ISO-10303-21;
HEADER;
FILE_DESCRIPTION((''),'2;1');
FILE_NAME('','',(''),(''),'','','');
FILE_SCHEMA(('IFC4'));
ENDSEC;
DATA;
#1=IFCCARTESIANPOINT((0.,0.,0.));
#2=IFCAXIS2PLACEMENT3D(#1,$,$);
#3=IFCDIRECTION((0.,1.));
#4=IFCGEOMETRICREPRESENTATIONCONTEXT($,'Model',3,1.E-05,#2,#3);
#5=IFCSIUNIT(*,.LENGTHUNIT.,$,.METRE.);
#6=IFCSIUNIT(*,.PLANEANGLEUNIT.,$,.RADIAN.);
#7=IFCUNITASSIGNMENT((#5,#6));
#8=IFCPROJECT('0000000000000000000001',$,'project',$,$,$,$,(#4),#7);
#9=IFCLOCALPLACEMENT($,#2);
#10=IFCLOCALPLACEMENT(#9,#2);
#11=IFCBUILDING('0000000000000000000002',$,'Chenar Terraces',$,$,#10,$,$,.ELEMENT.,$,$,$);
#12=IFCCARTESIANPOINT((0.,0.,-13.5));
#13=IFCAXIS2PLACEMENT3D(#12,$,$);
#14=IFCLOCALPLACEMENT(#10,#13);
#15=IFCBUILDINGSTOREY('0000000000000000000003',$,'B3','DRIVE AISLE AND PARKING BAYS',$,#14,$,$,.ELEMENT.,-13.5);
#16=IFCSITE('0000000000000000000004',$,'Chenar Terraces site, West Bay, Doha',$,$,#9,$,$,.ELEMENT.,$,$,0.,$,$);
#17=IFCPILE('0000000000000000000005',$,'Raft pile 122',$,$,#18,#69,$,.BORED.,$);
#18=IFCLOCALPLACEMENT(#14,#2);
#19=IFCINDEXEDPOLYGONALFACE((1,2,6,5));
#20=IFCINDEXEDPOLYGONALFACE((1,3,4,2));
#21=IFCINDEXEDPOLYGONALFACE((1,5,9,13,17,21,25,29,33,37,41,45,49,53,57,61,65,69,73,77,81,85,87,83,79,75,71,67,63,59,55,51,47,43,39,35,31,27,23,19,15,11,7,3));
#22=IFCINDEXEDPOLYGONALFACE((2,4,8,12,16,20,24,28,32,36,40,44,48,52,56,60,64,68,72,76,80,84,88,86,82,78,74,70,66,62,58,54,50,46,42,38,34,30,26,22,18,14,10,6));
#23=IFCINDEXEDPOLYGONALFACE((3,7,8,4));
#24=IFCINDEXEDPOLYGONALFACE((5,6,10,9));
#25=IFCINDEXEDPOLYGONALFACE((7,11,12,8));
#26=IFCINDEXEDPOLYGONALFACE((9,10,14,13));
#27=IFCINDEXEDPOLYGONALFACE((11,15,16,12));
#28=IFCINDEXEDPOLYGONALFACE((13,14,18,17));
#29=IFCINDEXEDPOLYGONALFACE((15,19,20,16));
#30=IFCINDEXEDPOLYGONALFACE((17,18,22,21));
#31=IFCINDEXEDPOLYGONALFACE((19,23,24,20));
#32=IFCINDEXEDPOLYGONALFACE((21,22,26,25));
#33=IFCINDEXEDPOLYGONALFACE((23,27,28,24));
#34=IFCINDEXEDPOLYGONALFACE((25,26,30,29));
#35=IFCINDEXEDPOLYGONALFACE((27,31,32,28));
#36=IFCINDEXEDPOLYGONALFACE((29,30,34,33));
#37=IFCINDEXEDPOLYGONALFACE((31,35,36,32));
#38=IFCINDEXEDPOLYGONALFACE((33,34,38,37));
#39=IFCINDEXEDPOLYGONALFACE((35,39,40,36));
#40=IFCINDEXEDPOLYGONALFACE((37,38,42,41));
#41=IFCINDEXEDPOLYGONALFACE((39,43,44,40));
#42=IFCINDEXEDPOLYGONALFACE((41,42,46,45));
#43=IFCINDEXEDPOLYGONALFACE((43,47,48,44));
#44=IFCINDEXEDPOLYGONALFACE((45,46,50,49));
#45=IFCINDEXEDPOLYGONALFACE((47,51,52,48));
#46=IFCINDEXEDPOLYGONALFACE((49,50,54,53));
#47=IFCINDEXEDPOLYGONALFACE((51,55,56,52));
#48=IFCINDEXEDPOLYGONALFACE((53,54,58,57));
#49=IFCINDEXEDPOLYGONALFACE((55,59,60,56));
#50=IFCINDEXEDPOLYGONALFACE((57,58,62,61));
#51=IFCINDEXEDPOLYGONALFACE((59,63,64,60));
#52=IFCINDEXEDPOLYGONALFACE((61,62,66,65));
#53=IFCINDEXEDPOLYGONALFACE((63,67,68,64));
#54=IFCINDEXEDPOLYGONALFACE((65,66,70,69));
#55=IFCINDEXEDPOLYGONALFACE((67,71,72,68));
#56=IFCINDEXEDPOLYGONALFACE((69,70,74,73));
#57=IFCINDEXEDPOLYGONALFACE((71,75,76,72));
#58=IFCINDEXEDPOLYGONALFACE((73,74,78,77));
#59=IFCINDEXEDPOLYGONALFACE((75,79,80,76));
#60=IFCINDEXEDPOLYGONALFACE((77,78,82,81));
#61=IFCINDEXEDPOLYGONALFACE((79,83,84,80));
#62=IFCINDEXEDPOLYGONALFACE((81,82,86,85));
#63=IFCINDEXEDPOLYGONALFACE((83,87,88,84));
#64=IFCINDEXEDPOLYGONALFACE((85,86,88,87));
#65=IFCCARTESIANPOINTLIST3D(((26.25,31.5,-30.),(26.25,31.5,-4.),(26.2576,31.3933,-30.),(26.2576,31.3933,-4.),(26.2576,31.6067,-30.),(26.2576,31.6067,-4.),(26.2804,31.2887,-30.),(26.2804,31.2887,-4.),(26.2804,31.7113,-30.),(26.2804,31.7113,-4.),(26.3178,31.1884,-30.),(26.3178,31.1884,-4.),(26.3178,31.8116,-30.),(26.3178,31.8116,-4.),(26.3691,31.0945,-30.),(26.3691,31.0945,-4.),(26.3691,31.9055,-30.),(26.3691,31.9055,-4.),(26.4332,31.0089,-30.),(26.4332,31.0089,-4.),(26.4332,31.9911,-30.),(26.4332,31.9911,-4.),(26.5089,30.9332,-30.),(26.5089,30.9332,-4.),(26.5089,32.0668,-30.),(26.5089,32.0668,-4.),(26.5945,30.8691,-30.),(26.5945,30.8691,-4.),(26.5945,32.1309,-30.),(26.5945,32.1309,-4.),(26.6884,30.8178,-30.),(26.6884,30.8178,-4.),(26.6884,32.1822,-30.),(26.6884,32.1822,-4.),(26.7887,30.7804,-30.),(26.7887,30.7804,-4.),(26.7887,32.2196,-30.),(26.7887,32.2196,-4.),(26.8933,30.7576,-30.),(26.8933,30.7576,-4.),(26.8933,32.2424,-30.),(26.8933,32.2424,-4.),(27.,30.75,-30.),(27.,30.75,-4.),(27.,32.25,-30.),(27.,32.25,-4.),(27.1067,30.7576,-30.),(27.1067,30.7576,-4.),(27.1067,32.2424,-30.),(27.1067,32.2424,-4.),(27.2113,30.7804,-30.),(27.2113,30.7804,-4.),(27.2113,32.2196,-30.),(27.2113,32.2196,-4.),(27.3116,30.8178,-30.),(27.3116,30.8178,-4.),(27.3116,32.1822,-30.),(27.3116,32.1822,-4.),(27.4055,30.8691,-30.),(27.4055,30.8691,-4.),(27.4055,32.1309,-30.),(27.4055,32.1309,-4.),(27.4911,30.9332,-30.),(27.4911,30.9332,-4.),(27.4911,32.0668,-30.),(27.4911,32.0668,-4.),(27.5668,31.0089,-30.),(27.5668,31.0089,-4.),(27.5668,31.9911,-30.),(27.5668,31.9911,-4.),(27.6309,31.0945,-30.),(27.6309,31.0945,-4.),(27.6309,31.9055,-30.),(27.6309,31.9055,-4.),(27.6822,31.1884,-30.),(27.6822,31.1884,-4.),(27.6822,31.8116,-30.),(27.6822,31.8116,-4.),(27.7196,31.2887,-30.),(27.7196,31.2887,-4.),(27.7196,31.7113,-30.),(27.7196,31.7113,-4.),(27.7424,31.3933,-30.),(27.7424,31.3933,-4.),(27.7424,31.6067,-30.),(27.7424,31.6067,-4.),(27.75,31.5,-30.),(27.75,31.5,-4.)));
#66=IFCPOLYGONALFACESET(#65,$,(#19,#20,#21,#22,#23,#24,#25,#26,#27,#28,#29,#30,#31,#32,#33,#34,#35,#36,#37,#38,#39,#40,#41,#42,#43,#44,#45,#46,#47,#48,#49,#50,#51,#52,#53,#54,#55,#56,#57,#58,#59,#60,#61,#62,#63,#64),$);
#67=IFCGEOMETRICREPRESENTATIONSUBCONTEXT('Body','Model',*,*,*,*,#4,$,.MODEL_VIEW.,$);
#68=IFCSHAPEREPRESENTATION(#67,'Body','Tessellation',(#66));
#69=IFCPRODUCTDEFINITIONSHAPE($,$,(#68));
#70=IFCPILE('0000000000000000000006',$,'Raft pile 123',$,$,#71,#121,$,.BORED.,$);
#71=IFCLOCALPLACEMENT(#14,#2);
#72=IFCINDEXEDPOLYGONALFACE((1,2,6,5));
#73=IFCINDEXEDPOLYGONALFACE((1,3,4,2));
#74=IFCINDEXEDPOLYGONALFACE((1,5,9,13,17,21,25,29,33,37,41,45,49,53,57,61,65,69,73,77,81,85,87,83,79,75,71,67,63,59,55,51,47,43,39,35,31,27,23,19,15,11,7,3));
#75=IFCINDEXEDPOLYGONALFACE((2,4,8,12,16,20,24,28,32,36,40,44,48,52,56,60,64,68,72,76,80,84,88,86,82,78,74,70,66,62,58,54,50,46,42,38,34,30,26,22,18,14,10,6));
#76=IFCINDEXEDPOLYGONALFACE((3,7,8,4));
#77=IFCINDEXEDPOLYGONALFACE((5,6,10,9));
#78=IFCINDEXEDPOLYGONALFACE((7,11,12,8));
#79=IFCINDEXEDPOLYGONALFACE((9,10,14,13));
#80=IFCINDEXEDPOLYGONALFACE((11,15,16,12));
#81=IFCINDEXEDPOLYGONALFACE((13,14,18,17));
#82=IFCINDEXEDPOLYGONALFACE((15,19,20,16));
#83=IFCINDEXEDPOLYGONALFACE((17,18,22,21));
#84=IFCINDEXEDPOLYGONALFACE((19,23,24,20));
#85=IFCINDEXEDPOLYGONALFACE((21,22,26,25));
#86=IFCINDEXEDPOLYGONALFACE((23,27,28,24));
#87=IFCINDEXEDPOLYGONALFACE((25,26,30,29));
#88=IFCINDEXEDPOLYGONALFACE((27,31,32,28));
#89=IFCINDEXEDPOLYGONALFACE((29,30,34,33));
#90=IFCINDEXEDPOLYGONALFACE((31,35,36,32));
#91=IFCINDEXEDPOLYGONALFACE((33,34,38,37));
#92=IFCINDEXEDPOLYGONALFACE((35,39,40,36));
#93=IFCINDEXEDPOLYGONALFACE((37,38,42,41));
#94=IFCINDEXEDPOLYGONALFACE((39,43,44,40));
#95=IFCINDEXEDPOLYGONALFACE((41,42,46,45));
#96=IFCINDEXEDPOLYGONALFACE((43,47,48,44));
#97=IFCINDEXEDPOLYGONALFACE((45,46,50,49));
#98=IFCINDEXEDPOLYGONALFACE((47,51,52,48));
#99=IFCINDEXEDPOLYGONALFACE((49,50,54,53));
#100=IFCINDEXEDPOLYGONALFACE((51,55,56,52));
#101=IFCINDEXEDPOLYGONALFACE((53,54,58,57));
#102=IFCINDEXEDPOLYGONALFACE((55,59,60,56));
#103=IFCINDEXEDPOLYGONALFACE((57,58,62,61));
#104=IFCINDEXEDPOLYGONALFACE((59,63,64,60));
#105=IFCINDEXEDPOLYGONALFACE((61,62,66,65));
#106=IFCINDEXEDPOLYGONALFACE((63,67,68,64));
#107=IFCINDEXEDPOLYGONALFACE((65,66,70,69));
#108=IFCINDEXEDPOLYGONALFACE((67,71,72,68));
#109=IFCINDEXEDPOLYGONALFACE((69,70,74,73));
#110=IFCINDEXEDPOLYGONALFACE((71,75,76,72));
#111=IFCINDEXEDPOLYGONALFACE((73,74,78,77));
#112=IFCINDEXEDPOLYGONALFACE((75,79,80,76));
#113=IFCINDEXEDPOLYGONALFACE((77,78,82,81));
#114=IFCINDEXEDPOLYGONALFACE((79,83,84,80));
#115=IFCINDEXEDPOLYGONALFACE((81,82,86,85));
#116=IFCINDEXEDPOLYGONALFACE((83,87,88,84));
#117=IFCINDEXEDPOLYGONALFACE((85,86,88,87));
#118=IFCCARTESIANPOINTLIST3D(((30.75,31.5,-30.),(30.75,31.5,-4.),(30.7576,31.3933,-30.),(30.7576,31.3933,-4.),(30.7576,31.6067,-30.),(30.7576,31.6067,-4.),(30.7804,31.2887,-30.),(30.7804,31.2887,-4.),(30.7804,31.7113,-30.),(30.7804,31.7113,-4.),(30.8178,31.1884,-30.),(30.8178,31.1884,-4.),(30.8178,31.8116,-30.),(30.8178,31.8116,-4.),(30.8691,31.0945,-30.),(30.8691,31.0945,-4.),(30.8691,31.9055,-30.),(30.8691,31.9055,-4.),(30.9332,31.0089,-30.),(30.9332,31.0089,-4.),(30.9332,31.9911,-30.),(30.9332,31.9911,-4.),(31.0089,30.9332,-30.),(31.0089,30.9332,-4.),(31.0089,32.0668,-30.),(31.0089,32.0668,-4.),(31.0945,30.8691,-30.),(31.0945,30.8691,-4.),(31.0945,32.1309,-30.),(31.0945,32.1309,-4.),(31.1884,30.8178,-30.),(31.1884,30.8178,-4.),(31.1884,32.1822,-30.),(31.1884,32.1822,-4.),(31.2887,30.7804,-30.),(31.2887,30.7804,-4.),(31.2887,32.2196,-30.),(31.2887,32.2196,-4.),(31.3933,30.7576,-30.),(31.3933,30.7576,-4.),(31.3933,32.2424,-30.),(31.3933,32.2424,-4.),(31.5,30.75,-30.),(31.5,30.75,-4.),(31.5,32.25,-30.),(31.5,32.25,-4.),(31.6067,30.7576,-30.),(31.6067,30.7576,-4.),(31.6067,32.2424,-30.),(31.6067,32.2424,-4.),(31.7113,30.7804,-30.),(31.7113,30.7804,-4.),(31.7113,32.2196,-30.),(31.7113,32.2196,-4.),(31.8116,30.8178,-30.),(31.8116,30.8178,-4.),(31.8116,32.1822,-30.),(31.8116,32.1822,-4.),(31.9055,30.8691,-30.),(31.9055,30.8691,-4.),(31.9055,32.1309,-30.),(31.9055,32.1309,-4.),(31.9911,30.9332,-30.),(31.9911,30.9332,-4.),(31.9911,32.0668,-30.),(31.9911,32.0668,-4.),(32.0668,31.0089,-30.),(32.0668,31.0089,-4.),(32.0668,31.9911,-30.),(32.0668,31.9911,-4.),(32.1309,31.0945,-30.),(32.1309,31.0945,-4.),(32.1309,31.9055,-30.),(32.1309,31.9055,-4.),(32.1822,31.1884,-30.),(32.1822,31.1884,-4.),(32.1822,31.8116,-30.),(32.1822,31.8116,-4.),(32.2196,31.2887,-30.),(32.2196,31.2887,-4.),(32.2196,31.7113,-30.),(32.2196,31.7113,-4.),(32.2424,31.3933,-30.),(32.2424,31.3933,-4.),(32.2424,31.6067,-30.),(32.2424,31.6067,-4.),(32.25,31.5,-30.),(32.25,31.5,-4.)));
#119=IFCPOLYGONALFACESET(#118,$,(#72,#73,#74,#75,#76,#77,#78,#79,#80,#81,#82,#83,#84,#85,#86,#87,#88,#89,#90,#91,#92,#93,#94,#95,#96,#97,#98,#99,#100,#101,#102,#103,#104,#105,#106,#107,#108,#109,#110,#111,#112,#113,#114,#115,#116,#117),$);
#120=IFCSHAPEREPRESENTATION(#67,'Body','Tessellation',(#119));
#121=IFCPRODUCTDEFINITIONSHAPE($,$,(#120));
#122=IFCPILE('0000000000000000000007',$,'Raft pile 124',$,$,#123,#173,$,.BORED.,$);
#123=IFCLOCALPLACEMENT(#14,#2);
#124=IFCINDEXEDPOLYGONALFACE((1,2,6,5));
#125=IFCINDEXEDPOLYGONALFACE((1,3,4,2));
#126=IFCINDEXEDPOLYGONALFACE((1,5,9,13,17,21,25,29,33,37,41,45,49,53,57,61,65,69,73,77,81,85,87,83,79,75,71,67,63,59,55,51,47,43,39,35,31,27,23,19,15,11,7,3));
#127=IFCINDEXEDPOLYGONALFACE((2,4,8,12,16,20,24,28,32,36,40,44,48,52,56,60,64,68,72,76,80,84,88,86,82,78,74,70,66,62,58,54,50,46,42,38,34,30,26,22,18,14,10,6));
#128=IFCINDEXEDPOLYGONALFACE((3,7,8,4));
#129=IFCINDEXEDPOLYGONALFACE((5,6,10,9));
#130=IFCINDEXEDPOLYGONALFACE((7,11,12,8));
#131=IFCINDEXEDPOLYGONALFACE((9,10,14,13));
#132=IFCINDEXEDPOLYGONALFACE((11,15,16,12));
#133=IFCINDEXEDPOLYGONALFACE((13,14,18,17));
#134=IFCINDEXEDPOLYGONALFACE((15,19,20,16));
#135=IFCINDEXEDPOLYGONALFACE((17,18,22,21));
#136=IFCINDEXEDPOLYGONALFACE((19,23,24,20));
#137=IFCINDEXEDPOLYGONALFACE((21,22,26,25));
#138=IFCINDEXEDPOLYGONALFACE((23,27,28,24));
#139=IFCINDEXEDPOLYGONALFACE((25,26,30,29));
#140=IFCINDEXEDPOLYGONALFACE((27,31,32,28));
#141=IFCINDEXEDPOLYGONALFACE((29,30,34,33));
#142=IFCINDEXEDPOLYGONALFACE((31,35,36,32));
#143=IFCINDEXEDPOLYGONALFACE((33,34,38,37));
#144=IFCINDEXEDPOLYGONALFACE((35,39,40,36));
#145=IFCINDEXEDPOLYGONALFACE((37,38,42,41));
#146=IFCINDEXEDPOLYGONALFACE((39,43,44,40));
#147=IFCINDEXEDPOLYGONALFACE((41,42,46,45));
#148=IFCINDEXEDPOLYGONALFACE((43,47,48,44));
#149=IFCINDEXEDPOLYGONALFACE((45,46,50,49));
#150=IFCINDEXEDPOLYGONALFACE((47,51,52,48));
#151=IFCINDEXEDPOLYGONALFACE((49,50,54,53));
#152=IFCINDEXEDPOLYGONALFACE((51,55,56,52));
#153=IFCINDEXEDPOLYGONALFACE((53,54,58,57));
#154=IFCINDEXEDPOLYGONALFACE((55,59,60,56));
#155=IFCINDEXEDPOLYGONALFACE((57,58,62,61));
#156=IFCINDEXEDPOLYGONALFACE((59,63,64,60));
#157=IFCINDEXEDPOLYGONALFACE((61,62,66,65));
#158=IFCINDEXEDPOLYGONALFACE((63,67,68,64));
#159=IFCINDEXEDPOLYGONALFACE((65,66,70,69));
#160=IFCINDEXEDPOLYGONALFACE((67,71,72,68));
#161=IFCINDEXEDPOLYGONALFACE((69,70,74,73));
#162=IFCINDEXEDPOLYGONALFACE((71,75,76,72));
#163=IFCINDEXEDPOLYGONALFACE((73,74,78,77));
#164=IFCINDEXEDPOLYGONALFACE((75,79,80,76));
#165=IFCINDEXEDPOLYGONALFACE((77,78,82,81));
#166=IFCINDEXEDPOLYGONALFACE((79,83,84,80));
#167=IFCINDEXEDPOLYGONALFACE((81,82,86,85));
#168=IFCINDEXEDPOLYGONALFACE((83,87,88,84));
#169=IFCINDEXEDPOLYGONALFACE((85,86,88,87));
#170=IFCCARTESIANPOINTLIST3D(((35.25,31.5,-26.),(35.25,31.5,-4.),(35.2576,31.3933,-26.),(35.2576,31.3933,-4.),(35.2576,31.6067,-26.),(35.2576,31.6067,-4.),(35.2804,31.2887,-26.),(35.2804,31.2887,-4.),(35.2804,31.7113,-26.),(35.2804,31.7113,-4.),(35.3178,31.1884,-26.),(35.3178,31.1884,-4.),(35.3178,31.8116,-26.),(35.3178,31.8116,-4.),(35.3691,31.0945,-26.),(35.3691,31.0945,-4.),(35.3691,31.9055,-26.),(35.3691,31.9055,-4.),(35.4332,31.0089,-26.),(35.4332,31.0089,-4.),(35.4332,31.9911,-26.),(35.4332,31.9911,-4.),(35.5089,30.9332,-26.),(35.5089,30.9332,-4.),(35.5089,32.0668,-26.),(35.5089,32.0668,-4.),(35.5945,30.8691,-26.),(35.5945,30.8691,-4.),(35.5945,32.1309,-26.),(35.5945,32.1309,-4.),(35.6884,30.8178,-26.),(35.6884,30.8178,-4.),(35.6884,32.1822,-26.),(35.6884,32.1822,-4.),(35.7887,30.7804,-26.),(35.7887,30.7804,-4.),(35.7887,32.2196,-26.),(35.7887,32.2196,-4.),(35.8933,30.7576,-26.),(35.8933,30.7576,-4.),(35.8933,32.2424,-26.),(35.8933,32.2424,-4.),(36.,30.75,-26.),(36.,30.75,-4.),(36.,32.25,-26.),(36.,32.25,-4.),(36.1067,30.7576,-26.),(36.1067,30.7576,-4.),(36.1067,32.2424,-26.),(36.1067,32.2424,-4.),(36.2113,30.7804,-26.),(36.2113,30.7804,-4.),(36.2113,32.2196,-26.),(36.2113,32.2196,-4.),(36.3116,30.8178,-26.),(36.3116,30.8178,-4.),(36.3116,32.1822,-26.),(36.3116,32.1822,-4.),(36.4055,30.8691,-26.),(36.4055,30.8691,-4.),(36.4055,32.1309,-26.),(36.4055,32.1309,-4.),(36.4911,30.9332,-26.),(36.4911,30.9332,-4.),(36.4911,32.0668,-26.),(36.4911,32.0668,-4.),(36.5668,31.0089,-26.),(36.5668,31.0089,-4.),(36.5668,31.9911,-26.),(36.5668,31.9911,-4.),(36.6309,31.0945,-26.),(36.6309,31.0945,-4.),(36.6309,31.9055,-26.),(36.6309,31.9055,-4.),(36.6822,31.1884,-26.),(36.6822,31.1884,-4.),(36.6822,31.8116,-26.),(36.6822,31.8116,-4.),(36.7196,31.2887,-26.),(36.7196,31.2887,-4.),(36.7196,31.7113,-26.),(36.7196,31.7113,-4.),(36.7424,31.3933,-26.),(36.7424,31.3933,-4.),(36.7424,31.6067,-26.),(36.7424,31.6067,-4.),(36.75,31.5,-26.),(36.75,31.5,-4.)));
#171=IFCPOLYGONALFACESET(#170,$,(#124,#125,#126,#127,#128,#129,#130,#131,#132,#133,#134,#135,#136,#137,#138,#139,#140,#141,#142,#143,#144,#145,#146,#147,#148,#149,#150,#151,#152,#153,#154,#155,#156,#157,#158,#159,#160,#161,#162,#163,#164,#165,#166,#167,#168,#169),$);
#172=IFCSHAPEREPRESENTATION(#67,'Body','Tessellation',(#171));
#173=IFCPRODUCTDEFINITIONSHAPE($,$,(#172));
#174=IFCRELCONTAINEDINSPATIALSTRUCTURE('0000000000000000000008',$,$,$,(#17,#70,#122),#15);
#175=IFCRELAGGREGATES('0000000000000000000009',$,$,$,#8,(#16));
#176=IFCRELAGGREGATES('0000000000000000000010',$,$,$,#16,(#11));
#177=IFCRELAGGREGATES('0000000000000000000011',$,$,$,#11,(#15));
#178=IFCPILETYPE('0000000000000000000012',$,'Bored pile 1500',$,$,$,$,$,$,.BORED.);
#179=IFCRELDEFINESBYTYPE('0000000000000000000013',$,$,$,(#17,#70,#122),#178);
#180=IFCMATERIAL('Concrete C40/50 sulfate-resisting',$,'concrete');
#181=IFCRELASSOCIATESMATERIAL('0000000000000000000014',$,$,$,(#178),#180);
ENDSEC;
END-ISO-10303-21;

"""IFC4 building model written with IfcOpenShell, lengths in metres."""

from ifc_helpers import new_model, si_unit, direction, frame, origin, origin_2d, place, context, subcontext, project, spatial, circle, extrude, material, material_profile, profile_set, type_object, element, save


model = new_model("IFC4")

# Units and contexts
model_context = context("Model", 3, precision=1e-05, world=origin(), true_north=direction((0.0, 1.0)))
body_context = subcontext(model_context, "Body", "Model", "MODEL_VIEW")
ifc_project = project(units=[si_unit("LENGTHUNIT", "METRE"), si_unit("PLANEANGLEUNIT", "RADIAN")], contexts=[model_context])

# Site, building, storey
site_placement = place(None, origin())
site = spatial("IfcSite", under=ifc_project, at=site_placement, Name="Chenar Terraces site, West Bay, Doha", CompositionType="ELEMENT", RefElevation=0.0)
building_placement = place(site_placement, origin())
building = spatial("IfcBuilding", under=site, at=building_placement, Name="Chenar Terraces", CompositionType="ELEMENT")
storey_placement = place(building_placement, frame((0.0, 0.0, -13.5)))
storey = spatial("IfcBuildingStorey", under=building, at=storey_placement, Name="B3", Description="DRIVE AISLE AND PARKING BAYS", CompositionType="ELEMENT", Elevation=-13.5)

# Piles
ifc_material_1 = material(Name="Concrete C40/50 sulfate-resisting", Category="concrete")
ifc_material_profile_1 = material_profile(ifc_material_1, circle(Radius=0.75, at=origin_2d()), Name="BP 1500")
ifc_profile_set_1 = profile_set([ifc_material_profile_1], Name="Concrete C40/50 sulfate-resisting")
pile_type_1 = type_object("IfcPileType", Name="Bored pile 1500", PredefinedType="BORED", material=ifc_profile_set_1)
for number, where, z_axis, x_axis, name in (
    (1, (27.0, 31.5, -4.0), (0.0, 0.0, -1.0), (1.0, 0.0, 0.0), "Raft pile 122"),
    (2, (31.5, 31.5, -4.0), (0.0, 0.0, -1.0), (1.0, 0.0, 0.0), "Raft pile 123"),
):
    element("IfcPile", number, at=place(storey_placement, frame(where, z_axis=z_axis, x_axis=x_axis)), inside=storey, type_object=pile_type_1, Name=name, PredefinedType="BORED", context=body_context, shape_type="SweptSolid", body=[
        extrude(circle(Radius=0.75, at=origin_2d()), origin(), (0.0, 0.0, 1.0), 26.0),
    ])
for number, where, z_axis, x_axis, name in (
    (3, (36.0, 31.5, -4.0), (0.0, 0.0, -1.0), (1.0, 0.0, 0.0), "Raft pile 124"),
):
    element("IfcPile", number, at=place(storey_placement, frame(where, z_axis=z_axis, x_axis=x_axis)), inside=storey, type_object=pile_type_1, Name=name, PredefinedType="BORED", context=body_context, shape_type="SweptSolid", body=[
        extrude(circle(Radius=0.75, at=origin_2d()), origin(), (0.0, 0.0, 1.0), 22.0),
    ])

save(model, "model.ifc")
